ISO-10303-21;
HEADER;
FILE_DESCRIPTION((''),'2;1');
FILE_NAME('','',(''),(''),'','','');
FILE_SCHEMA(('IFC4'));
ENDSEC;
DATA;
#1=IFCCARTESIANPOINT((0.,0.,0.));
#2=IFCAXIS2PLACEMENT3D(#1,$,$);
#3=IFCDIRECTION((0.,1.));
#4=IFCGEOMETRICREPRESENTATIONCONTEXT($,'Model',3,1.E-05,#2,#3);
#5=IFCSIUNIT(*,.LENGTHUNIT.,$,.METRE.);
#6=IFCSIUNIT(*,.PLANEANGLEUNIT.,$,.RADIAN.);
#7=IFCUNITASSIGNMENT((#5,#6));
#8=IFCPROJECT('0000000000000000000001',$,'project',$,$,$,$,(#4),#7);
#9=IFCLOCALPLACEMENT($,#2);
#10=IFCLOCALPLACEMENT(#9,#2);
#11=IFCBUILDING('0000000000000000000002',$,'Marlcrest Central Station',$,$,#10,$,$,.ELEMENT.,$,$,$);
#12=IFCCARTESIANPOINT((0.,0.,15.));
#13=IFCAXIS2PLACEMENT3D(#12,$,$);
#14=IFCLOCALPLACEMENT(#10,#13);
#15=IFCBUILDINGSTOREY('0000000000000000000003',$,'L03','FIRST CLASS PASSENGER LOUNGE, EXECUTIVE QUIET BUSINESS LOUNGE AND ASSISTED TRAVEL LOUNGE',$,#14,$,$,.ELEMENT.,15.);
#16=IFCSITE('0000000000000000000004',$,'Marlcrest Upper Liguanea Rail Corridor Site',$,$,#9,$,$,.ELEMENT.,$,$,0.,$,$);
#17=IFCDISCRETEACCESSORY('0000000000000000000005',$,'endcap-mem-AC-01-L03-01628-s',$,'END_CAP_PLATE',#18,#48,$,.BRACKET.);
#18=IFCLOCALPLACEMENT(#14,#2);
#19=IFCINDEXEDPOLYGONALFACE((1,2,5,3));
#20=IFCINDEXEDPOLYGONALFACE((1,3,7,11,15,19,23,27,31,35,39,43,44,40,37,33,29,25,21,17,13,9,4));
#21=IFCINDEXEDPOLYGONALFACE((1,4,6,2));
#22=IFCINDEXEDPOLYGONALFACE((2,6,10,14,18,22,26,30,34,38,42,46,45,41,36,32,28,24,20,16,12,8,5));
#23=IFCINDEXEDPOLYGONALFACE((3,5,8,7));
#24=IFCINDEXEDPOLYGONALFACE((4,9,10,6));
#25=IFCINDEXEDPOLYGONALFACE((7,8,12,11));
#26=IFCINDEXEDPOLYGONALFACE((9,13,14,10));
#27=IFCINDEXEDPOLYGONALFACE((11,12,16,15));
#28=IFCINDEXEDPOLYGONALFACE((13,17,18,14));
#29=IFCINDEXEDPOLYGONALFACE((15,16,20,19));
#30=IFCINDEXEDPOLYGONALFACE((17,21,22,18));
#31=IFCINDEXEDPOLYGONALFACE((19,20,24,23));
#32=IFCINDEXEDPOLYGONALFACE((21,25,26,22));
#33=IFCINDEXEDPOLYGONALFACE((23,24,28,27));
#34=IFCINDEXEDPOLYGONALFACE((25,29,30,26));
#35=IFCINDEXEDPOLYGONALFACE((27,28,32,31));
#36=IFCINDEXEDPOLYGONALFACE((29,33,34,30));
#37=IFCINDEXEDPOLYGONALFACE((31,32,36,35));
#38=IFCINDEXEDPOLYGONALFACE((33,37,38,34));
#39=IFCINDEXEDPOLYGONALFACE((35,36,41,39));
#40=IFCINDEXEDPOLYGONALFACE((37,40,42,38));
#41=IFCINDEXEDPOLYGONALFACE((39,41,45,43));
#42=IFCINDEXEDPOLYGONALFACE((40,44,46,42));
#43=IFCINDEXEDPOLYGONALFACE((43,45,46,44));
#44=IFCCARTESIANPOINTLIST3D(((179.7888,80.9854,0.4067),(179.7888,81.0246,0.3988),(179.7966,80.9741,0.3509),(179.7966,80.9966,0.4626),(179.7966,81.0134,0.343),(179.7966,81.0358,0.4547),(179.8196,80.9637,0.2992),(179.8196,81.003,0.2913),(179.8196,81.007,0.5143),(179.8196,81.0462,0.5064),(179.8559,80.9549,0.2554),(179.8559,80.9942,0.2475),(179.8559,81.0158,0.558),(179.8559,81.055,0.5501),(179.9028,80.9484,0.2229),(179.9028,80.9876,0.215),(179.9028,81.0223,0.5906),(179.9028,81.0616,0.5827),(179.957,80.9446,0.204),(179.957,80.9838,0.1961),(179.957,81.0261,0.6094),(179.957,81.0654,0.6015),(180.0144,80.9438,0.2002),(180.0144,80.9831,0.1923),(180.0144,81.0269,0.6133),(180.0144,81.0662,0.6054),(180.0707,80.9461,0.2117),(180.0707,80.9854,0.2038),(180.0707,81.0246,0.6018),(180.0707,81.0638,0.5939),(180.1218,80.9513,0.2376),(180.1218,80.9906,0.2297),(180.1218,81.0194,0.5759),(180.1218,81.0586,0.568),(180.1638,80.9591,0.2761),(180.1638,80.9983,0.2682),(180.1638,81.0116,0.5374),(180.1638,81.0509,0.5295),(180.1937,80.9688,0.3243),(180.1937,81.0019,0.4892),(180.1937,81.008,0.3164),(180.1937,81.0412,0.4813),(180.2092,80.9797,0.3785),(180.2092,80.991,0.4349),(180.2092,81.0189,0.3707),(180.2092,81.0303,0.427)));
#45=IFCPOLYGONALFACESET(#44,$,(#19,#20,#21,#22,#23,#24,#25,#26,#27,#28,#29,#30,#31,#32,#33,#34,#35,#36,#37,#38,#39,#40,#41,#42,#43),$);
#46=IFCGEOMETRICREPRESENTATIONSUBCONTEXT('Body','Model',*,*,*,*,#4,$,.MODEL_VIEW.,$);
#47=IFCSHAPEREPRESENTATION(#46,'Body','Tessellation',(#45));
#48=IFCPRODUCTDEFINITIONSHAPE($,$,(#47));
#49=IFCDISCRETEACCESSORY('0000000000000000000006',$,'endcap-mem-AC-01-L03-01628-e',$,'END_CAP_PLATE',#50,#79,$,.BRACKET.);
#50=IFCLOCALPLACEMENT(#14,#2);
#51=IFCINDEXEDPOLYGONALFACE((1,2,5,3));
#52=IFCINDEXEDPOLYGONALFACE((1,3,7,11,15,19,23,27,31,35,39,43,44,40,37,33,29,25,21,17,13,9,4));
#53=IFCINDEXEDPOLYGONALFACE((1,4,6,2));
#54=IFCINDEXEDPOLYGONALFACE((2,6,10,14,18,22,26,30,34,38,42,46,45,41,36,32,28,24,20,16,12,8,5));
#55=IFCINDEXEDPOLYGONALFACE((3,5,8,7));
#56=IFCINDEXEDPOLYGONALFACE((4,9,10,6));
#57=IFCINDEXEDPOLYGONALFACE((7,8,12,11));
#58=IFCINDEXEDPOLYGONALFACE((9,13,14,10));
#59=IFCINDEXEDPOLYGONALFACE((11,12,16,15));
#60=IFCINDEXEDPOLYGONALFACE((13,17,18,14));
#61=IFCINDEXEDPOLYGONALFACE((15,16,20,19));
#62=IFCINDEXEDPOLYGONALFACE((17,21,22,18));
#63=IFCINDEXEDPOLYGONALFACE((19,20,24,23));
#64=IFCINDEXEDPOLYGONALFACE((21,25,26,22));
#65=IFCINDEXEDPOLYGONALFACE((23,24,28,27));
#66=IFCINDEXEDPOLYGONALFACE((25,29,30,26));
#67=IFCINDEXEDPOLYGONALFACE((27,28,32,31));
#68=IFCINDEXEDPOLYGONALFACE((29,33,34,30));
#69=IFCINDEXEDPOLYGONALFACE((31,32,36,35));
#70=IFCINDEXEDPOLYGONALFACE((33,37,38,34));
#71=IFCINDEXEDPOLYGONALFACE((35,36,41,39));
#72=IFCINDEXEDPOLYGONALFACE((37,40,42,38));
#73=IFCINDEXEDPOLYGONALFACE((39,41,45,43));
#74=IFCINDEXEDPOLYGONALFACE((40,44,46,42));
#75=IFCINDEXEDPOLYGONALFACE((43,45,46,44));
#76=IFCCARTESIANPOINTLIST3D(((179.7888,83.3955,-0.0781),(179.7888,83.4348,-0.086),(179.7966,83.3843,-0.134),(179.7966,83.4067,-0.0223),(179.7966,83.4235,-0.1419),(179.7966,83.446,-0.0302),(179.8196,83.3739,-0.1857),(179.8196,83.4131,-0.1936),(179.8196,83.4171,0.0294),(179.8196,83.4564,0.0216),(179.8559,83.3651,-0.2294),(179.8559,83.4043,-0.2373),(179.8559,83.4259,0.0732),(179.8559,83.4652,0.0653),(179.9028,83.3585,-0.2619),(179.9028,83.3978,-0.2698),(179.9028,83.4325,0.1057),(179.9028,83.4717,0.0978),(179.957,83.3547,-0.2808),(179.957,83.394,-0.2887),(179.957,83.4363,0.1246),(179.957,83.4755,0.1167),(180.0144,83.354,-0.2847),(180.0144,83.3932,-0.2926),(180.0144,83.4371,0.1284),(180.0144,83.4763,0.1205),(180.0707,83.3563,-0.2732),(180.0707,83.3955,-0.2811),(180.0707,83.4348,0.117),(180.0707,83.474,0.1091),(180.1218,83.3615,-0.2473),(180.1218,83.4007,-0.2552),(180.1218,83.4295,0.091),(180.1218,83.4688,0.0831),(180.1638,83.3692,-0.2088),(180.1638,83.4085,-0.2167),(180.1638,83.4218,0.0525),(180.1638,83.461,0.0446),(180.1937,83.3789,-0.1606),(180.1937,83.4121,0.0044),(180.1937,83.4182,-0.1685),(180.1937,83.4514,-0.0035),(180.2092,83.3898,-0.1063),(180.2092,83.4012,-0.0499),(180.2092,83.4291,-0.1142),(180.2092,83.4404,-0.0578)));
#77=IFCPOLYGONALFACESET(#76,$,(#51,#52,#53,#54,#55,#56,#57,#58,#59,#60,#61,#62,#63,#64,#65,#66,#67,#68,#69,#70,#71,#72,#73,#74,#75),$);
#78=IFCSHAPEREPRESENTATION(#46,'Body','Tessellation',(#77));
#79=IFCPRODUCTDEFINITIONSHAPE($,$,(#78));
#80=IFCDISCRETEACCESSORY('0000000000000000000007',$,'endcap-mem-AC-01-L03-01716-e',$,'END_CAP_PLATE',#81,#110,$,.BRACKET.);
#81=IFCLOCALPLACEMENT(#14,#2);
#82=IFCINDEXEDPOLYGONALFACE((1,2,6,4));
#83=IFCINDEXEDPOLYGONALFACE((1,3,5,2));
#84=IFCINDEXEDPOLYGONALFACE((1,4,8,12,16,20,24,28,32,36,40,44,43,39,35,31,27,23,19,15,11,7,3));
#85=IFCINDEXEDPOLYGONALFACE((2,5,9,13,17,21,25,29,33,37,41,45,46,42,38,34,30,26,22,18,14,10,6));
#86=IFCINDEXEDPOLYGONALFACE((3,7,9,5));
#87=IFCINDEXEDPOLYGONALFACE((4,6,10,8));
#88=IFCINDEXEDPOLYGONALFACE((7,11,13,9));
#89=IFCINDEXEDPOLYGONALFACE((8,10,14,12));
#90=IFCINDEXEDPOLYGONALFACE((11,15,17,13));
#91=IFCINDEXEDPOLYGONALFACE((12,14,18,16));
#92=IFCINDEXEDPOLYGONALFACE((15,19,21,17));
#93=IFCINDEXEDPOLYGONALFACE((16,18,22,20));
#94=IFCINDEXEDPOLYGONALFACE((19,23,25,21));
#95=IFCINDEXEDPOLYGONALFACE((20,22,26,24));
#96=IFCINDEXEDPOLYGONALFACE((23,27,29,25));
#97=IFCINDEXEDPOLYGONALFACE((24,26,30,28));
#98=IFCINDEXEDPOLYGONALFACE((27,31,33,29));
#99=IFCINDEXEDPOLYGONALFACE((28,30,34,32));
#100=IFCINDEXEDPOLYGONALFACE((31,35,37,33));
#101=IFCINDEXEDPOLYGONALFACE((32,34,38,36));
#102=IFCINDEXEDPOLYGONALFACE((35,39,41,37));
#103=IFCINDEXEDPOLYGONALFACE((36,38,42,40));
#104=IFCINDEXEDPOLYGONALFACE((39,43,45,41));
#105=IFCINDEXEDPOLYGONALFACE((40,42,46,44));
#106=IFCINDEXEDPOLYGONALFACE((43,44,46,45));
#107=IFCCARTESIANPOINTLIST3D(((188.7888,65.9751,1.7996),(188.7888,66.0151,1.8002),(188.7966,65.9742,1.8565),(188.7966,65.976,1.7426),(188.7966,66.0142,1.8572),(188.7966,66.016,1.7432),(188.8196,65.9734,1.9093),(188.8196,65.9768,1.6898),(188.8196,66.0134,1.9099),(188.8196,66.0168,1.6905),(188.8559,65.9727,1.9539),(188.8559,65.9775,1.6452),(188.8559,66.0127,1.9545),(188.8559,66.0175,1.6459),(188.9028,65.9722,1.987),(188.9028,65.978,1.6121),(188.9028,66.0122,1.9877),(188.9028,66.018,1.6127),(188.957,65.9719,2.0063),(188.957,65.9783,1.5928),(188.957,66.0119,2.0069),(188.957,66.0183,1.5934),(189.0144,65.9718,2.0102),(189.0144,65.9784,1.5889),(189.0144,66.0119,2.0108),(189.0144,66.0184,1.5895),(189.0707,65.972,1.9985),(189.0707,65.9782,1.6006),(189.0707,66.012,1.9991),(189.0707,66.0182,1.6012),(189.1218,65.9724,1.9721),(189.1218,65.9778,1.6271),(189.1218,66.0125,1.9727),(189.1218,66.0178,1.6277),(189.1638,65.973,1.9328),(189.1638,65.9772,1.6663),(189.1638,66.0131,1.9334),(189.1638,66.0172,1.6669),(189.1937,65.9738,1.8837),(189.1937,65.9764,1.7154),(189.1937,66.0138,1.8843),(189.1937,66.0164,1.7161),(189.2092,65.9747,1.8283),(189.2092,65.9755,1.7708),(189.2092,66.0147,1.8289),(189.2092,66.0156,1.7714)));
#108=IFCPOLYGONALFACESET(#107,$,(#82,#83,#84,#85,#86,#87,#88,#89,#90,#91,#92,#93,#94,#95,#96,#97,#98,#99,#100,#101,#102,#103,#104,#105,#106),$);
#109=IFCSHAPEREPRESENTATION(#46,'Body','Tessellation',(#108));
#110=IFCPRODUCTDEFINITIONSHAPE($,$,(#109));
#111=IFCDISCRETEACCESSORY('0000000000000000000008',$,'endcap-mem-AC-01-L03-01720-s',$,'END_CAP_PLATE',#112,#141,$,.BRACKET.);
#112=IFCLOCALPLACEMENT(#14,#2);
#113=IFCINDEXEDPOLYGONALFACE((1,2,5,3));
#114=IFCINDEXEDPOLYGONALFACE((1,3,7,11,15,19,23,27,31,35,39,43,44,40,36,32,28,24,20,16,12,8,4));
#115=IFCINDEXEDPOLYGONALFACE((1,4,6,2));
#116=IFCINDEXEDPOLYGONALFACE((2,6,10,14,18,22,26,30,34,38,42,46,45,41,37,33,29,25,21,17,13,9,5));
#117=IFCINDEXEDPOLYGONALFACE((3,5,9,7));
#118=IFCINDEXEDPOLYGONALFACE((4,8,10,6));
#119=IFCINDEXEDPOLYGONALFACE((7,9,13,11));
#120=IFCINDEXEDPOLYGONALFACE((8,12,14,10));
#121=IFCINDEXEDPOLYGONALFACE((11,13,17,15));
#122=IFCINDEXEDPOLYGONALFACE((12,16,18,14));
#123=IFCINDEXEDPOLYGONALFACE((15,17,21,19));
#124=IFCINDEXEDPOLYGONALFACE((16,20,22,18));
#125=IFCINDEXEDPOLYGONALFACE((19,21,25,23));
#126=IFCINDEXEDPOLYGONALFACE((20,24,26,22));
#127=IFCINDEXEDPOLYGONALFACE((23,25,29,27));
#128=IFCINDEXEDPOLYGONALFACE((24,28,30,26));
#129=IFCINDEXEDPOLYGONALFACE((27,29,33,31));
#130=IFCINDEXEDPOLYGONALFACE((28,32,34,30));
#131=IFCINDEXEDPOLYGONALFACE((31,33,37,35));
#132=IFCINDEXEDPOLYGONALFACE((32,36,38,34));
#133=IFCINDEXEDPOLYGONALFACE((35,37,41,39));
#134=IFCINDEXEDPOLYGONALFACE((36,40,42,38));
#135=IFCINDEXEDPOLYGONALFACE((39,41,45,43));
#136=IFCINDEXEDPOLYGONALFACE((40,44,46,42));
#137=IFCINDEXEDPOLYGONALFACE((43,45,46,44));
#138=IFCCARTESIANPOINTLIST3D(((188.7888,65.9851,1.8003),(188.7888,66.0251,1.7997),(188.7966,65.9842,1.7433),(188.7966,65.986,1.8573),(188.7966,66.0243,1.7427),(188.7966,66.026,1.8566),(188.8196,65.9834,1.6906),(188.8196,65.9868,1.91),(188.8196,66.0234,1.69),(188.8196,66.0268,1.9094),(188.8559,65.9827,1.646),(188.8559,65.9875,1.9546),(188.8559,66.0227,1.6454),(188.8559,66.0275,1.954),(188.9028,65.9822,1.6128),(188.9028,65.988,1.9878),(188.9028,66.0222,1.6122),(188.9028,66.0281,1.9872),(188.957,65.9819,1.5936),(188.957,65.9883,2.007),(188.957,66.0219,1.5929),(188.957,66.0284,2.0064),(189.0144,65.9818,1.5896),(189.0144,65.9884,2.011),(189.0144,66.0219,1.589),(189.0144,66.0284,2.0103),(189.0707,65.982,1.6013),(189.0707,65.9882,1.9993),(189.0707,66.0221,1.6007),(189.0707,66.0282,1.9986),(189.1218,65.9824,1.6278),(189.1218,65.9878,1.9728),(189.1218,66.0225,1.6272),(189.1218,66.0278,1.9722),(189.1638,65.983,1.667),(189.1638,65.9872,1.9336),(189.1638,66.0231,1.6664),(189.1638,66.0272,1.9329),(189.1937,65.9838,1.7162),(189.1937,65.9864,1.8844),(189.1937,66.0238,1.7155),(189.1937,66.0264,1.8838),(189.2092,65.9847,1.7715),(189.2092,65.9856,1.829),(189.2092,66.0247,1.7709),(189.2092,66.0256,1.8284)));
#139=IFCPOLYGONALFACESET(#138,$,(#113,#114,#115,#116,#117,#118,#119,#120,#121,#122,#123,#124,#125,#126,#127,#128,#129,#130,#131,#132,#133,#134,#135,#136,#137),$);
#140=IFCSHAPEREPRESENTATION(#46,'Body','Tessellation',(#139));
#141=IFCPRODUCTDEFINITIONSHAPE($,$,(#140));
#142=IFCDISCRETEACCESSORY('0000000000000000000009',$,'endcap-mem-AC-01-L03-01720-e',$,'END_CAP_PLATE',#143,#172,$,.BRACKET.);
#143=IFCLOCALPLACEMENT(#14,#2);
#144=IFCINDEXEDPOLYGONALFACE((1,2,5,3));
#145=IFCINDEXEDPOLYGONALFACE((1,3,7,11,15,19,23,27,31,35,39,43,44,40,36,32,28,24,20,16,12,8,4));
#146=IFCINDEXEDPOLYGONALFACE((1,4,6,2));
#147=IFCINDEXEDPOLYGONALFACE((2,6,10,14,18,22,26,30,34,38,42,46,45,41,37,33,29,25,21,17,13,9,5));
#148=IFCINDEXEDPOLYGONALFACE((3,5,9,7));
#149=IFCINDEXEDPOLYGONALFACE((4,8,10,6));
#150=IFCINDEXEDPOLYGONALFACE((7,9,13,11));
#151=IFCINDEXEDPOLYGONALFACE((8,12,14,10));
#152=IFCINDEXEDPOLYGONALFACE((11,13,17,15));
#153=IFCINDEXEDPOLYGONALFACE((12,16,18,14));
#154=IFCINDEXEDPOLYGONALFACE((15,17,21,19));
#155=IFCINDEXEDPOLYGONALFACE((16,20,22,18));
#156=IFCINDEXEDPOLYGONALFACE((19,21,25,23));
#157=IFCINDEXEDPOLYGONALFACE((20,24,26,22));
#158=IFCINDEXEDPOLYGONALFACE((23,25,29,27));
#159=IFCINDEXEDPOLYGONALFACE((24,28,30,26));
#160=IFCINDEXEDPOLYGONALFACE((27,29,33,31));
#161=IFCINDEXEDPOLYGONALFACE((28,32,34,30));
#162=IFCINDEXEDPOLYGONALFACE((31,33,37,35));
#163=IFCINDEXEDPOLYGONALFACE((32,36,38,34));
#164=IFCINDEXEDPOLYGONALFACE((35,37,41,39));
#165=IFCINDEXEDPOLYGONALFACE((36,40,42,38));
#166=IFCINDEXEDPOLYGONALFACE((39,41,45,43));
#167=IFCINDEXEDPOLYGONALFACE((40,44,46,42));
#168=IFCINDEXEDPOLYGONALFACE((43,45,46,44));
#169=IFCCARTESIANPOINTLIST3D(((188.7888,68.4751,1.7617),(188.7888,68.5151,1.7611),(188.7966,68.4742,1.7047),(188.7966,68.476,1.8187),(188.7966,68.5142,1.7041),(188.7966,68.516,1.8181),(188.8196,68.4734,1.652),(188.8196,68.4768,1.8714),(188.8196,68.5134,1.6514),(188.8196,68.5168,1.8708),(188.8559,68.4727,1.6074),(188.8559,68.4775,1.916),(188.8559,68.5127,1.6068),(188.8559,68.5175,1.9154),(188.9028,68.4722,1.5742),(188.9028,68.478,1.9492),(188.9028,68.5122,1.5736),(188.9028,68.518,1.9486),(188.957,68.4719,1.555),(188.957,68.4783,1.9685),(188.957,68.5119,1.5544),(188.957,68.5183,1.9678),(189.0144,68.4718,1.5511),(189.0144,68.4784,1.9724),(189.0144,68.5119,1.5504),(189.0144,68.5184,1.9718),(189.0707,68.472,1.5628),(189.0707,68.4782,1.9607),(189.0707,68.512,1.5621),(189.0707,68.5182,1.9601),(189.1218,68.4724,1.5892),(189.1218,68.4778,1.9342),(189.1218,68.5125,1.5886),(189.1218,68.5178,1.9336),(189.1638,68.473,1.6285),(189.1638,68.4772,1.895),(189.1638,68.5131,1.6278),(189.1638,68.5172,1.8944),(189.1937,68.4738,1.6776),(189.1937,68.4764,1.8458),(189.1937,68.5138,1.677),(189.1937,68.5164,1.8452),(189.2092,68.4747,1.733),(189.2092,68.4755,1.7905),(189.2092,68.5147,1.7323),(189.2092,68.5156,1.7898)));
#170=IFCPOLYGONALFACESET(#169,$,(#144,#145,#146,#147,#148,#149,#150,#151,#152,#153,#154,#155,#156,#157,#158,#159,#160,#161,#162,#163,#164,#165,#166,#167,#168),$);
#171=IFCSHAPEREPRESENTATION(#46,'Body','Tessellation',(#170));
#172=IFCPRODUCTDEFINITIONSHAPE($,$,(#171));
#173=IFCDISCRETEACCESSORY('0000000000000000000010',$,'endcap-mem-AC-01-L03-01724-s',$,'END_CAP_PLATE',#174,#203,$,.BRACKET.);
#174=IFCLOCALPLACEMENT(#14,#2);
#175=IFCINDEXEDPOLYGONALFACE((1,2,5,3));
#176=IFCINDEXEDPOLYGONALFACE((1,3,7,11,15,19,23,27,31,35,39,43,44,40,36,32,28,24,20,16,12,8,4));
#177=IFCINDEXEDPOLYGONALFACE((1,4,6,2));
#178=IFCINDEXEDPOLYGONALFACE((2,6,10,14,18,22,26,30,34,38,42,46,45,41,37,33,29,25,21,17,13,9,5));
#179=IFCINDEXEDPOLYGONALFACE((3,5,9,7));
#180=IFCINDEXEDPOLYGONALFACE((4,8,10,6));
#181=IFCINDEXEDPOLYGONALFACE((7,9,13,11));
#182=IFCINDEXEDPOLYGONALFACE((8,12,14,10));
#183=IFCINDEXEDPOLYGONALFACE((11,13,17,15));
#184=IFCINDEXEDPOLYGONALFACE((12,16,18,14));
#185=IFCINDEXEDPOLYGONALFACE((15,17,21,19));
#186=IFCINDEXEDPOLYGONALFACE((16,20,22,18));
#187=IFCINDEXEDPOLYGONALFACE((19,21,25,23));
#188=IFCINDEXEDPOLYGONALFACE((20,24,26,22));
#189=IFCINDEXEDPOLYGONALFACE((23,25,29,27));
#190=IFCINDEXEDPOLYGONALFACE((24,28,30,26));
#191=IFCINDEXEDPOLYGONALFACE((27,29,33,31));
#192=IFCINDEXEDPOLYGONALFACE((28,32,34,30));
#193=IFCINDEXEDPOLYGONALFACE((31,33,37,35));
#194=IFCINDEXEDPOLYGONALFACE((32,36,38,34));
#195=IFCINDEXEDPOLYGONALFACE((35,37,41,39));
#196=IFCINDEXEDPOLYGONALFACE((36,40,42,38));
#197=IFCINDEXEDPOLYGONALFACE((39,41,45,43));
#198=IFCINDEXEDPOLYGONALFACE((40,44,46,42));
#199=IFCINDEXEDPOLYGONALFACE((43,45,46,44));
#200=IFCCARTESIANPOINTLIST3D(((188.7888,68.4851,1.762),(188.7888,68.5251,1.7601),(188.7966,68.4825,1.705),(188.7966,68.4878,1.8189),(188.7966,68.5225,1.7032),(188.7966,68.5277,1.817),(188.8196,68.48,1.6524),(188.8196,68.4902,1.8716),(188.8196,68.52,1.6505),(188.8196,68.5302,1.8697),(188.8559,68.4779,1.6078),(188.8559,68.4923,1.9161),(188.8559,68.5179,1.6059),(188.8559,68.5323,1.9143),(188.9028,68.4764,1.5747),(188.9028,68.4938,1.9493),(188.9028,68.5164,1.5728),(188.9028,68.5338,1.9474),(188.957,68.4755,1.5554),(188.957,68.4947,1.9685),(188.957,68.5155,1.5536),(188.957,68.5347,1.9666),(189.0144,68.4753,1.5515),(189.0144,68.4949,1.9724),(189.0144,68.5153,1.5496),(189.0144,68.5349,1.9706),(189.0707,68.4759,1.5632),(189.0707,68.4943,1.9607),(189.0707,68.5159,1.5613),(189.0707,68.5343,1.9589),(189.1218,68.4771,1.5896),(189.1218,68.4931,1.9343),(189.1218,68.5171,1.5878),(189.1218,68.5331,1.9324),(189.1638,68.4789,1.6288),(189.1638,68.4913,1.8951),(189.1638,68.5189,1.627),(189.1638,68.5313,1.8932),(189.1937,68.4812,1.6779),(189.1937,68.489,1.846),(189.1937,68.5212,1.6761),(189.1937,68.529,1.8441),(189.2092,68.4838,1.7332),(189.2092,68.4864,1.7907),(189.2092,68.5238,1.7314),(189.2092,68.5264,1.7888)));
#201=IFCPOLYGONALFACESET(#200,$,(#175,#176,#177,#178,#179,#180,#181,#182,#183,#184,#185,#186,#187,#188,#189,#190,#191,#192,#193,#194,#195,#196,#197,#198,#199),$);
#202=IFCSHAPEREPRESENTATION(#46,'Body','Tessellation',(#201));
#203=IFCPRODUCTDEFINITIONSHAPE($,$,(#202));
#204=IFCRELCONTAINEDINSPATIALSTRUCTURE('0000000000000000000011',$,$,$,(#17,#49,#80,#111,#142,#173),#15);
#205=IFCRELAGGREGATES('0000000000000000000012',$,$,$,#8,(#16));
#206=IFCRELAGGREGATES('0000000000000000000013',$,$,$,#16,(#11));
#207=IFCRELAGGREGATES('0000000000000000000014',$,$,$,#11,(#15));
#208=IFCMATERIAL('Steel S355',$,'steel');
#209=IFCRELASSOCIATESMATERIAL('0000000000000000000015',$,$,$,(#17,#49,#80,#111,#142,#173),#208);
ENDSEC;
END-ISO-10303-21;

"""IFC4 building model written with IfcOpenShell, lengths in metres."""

from ifc_helpers import new_model, si_unit, direction, frame, origin, origin_2d, place, context, subcontext, project, spatial, circle, extrude, material, element, save


model = new_model("IFC4")

# Units and contexts
model_context = context("Model", 3, precision=1e-05, world=origin(), true_north=direction((0.0, 1.0)))
body_context = subcontext(model_context, "Body", "Model", "MODEL_VIEW")
ifc_project = project(units=[si_unit("LENGTHUNIT", "METRE"), si_unit("PLANEANGLEUNIT", "RADIAN")], contexts=[model_context])

# Site, building, storey
site_placement = place(None, origin())
site = spatial("IfcSite", under=ifc_project, at=site_placement, Name="Marlcrest Upper Liguanea Rail Corridor Site", CompositionType="ELEMENT", RefElevation=0.0)
building_placement = place(site_placement, origin())
building = spatial("IfcBuilding", under=site, at=building_placement, Name="Marlcrest Central Station", CompositionType="ELEMENT")
storey_placement = place(building_placement, frame((0.0, 0.0, 15.0)))
storey = spatial("IfcBuildingStorey", under=building, at=storey_placement, Name="L03", Description="FIRST CLASS PASSENGER LOUNGE, EXECUTIVE QUIET BUSINESS LOUNGE AND ASSISTED TRAVEL LOUNGE", CompositionType="ELEMENT", Elevation=15.0)

# Shared definitions
ifc_material_1 = material(Name="Steel S355", Category="steel")

# Discrete accessories
for number, where, z_axis, x_axis, name in (
    (1, (180.0, 80.9854, 0.4067), (0.0, 0.980359, -0.197219), (-1.0, 0.0, 0.0), "endcap-mem-AC-01-L03-01628-s"),
    (2, (180.0, 83.3955, -0.0781), (0.0, 0.980359, -0.197219), (-1.0, 0.0, 0.0), "endcap-mem-AC-01-L03-01628-e"),
    (3, (189.0, 65.9751, 1.7996), (0.0, 0.999879, 0.015525), (-1.0, 0.0, 0.0), "endcap-mem-AC-01-L03-01716-e"),
    (4, (189.0, 65.9851, 1.8003), (0.0, 0.999879, -0.015525), (-1.0, 0.0, 0.0), "endcap-mem-AC-01-L03-01720-s"),
    (5, (189.0, 68.4751, 1.7617), (0.0, 0.999879, -0.015525), (-1.0, 0.0, 0.0), "endcap-mem-AC-01-L03-01720-e"),
    (6, (189.0, 68.4851, 1.762), (0.0, 0.998921, -0.046434), (-1.0, 0.0, 0.0), "endcap-mem-AC-01-L03-01724-s"),
):
    element("IfcDiscreteAccessory", number, at=place(storey_placement, frame(where, z_axis=z_axis, x_axis=x_axis)), inside=storey, material=ifc_material_1, Name=name, ObjectType="END_CAP_PLATE", PredefinedType="BRACKET", context=body_context, shape_type="SweptSolid", body=[
        extrude(circle(Radius=0.2112, at=origin_2d()), origin(), (0.0, 0.0, 1.0), 0.04),
    ])

save(model, "model.ifc")
